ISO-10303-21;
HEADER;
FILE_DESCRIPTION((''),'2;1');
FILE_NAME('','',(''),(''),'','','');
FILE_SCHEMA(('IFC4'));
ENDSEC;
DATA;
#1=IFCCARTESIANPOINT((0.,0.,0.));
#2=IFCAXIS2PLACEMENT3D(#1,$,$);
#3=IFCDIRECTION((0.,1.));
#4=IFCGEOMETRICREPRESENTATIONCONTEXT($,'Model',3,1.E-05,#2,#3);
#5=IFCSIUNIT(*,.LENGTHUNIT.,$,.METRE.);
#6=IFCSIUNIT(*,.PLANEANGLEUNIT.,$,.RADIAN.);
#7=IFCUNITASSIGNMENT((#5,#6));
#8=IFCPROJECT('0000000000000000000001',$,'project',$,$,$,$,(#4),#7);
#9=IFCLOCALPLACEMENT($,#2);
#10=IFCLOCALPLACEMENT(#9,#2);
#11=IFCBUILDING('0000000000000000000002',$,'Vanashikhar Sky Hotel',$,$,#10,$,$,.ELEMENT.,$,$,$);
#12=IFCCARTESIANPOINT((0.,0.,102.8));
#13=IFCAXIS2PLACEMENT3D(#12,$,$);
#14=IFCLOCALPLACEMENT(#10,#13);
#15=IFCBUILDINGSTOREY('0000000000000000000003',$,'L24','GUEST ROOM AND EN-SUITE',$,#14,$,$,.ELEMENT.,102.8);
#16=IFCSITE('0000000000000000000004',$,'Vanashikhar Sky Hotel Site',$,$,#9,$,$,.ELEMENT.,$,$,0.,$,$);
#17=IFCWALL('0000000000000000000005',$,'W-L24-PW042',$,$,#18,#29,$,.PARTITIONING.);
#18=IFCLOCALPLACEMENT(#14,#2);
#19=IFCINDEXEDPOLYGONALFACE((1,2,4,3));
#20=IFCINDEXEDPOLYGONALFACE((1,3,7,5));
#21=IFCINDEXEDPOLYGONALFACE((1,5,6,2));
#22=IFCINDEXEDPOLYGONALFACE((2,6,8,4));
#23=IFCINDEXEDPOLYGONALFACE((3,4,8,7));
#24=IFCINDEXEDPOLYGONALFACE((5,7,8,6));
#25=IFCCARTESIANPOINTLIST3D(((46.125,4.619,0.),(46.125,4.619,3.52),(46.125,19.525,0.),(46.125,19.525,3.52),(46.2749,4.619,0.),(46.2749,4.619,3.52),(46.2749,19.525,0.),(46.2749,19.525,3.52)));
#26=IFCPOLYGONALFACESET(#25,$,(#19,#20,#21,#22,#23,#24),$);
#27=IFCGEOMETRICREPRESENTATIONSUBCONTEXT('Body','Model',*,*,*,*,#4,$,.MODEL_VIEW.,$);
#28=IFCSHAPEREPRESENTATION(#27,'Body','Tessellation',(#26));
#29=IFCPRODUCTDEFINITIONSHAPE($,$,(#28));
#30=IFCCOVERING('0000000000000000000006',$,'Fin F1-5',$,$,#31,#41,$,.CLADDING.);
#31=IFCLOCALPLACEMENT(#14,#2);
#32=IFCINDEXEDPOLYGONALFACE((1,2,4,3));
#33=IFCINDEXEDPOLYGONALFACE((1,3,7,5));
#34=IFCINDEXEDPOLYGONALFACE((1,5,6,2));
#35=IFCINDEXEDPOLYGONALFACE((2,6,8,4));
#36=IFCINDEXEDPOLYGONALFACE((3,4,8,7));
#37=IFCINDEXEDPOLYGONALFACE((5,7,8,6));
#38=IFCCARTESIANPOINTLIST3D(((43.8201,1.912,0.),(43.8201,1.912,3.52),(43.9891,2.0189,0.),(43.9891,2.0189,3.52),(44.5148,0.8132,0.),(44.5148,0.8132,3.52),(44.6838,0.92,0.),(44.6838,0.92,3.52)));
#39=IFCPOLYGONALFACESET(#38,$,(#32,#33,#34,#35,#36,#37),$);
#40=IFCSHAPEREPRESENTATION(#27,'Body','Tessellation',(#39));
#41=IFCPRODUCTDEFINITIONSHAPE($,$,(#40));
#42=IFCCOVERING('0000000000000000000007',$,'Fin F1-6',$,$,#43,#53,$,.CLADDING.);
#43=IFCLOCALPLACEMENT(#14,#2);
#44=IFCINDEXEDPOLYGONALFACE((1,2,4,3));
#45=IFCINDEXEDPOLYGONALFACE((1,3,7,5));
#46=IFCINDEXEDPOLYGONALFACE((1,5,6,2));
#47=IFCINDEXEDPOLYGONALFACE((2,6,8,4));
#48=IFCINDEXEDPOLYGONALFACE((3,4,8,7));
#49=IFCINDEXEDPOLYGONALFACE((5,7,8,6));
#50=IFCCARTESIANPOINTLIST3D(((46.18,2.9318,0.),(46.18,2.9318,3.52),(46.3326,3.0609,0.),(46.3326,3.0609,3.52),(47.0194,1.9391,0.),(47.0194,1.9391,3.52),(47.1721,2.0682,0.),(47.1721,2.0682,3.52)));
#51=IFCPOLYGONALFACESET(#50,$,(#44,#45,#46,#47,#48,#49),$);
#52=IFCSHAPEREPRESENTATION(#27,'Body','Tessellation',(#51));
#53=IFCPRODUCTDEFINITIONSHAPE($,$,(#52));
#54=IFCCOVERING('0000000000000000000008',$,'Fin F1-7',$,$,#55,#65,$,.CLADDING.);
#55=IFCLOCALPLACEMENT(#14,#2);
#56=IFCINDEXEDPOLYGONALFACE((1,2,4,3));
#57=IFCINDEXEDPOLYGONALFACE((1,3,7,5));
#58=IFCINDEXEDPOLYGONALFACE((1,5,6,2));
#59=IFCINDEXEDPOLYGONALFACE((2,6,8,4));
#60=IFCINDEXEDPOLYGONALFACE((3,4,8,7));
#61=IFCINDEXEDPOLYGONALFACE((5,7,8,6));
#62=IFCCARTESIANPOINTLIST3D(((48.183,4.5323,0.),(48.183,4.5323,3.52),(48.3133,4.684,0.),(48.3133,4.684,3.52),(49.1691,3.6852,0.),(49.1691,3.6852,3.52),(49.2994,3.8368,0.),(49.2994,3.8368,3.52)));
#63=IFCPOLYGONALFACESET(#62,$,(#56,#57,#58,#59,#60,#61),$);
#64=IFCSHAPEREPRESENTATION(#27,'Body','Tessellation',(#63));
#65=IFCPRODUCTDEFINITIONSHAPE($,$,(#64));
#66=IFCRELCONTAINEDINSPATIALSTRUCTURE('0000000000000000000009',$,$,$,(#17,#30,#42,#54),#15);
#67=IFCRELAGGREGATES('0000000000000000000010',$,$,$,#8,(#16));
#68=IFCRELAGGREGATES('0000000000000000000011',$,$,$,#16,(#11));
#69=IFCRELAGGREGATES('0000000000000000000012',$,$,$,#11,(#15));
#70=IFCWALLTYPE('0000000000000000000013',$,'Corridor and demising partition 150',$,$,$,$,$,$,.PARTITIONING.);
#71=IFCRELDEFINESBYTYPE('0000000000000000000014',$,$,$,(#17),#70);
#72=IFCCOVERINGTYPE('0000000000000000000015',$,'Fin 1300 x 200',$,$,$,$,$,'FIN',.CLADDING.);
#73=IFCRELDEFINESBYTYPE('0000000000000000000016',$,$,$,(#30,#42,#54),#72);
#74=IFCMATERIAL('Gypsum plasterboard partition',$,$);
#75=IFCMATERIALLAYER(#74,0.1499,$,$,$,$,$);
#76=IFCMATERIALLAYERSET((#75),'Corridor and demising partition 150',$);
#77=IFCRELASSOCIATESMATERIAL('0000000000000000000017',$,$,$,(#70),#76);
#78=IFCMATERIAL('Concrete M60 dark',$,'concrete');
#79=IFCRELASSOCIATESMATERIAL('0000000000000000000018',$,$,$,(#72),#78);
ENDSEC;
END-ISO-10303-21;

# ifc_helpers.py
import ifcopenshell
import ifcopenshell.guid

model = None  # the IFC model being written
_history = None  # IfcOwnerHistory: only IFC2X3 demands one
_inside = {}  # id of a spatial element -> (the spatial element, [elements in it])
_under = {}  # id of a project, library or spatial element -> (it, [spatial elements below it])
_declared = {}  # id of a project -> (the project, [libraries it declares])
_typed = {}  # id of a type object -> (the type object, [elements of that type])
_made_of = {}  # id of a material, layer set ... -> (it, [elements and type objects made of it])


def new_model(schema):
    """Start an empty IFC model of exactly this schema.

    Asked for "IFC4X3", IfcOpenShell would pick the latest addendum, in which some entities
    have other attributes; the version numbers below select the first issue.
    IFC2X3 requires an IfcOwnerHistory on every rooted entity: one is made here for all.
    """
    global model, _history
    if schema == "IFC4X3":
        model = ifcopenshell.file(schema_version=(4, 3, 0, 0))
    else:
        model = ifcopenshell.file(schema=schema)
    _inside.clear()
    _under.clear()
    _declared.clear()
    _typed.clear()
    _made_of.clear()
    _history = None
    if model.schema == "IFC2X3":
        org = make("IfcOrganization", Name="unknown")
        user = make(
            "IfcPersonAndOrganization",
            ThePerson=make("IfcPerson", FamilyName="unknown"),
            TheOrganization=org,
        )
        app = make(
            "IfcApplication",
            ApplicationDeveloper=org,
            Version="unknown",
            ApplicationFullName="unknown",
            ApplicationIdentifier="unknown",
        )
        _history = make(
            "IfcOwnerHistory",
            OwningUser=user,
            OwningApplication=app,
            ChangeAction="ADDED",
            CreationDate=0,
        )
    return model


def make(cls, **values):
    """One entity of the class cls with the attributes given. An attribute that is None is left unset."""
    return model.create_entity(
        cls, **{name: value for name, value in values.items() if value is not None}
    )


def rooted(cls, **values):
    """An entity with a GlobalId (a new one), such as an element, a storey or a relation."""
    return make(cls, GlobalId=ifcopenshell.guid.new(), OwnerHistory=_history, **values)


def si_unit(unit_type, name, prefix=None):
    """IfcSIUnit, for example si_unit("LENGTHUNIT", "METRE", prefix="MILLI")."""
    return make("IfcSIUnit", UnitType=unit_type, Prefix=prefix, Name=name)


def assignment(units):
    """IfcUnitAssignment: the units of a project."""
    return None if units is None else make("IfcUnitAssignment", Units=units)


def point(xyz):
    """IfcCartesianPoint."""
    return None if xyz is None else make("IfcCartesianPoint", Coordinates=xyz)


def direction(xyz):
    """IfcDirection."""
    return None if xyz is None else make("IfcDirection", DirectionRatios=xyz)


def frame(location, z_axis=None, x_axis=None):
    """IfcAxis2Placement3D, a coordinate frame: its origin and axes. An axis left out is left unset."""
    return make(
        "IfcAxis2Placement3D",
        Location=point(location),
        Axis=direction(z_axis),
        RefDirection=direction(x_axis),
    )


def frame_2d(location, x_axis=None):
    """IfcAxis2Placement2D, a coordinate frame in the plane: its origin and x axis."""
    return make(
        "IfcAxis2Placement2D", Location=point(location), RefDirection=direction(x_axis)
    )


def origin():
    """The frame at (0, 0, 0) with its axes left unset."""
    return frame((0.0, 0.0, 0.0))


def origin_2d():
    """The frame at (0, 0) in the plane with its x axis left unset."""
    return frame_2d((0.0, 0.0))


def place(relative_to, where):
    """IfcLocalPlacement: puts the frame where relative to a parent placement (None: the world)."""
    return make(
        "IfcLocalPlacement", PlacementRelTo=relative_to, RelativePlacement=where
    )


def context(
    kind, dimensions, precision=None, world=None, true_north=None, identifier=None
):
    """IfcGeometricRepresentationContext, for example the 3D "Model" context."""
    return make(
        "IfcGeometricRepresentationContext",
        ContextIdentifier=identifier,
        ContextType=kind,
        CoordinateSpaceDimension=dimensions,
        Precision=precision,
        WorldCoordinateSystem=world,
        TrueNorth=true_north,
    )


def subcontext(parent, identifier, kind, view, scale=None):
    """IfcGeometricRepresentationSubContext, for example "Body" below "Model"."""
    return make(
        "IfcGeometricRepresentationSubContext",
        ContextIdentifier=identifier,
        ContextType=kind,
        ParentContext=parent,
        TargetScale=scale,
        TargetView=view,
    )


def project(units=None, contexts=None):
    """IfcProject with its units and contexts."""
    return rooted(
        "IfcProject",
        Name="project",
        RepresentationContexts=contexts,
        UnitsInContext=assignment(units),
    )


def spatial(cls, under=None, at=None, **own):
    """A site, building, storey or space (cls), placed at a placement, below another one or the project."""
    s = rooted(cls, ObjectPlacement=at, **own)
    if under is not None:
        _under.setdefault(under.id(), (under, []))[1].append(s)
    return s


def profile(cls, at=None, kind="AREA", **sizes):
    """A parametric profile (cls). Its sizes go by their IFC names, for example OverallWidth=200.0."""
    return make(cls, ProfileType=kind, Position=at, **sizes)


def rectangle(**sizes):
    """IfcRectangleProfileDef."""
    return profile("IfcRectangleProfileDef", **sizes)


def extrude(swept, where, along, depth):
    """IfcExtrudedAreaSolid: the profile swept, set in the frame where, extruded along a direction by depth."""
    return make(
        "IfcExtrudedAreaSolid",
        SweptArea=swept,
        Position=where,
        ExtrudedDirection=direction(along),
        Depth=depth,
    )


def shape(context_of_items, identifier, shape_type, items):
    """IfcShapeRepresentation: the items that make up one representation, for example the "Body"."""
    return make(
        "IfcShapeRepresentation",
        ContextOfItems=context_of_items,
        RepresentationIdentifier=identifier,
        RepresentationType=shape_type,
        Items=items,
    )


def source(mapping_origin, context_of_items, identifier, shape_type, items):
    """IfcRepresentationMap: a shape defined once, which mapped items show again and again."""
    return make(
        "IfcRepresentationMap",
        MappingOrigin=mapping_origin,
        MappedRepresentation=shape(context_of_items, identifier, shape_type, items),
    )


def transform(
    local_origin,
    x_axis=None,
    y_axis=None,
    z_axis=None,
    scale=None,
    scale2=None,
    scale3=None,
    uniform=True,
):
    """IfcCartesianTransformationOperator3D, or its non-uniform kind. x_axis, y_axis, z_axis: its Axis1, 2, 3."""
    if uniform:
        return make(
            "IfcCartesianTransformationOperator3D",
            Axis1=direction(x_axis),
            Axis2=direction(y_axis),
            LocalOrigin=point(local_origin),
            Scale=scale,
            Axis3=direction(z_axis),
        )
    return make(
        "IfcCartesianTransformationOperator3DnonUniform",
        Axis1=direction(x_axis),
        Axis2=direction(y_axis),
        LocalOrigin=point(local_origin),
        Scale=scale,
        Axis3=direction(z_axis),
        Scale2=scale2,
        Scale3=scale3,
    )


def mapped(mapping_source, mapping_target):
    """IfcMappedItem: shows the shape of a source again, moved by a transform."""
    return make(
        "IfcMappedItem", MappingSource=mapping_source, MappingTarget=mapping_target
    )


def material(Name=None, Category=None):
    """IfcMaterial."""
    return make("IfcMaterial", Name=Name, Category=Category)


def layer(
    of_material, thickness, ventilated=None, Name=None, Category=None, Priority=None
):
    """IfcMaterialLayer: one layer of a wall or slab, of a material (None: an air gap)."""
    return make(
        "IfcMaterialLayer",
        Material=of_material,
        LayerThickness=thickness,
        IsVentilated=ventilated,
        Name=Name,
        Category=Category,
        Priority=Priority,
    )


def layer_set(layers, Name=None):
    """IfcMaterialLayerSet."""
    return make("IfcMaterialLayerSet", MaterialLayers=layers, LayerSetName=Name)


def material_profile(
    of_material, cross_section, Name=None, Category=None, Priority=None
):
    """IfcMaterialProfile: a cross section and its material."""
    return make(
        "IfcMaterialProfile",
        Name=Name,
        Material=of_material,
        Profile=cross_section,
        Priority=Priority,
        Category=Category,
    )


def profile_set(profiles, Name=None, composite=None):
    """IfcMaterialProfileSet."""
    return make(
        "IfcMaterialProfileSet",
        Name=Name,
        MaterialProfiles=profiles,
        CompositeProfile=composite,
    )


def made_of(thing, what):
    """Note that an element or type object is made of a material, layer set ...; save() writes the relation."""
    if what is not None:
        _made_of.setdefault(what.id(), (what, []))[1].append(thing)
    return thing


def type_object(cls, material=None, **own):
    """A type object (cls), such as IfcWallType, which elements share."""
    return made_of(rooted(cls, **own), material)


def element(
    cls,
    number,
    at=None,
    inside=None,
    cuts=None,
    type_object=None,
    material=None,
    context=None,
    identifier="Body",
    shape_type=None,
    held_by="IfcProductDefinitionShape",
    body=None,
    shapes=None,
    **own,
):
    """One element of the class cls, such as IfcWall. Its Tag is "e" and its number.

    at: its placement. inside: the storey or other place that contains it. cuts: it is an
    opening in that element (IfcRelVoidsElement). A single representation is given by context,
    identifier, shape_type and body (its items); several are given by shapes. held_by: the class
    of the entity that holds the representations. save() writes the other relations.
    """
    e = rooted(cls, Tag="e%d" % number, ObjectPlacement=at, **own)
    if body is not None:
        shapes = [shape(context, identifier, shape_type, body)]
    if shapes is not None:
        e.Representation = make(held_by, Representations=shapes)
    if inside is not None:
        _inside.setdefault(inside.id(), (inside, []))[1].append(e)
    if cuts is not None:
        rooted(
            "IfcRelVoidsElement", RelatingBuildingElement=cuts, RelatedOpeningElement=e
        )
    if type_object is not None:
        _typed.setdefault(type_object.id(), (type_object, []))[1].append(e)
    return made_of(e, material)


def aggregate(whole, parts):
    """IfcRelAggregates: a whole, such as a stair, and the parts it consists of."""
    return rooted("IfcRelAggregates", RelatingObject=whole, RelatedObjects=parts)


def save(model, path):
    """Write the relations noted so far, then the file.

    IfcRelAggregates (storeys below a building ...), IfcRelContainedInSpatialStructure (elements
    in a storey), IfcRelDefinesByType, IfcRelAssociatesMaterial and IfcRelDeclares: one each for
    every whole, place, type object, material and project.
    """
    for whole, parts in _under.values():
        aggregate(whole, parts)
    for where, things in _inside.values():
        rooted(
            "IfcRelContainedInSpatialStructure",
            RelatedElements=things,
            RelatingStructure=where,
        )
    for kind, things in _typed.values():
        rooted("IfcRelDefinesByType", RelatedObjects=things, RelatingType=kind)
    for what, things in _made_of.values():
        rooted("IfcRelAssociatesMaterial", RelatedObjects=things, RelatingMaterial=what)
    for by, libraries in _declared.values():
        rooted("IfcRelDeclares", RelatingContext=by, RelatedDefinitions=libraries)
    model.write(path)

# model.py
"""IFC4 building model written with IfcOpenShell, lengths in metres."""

from ifc_helpers import new_model, si_unit, direction, frame, frame_2d, origin, origin_2d, place, context, subcontext, project, spatial, rectangle, extrude, source, transform, mapped, material, layer, layer_set, material_profile, profile_set, type_object, element, save


model = new_model("IFC4")

# Units and contexts
model_context = context("Model", 3, precision=1e-05, world=origin(), true_north=direction((0.0, 1.0)))
body_context = subcontext(model_context, "Body", "Model", "MODEL_VIEW")
ifc_project = project(units=[si_unit("LENGTHUNIT", "METRE"), si_unit("PLANEANGLEUNIT", "RADIAN")], contexts=[model_context])

# Site, building, storey
site_placement = place(None, origin())
site = spatial("IfcSite", under=ifc_project, at=site_placement, Name="Vanashikhar Sky Hotel Site", CompositionType="ELEMENT", RefElevation=0.0)
building_placement = place(site_placement, origin())
building = spatial("IfcBuilding", under=site, at=building_placement, Name="Vanashikhar Sky Hotel", CompositionType="ELEMENT")
storey_placement = place(building_placement, frame((0.0, 0.0, 102.8)))
storey = spatial("IfcBuildingStorey", under=building, at=storey_placement, Name="L24", Description="GUEST ROOM AND EN-SUITE", CompositionType="ELEMENT", Elevation=102.8)

# Shared definitions
ifc_material_1 = material(Name="Gypsum plasterboard partition")
ifc_layer_1 = layer(ifc_material_1, 0.1499)
ifc_layer_set_1 = layer_set([ifc_layer_1], Name="Corridor and demising partition 150")
wall_type_1 = type_object("IfcWallType", Name="Corridor and demising partition 150", PredefinedType="PARTITIONING", material=ifc_layer_set_1)

# Wall
shared_shape_1 = source(origin(), body_context, "Body", "SweptSolid", [
    extrude(rectangle(XDim=14.906, YDim=0.1499, at=frame_2d((7.4531, 0.0))), origin(), (0.0, 0.0, 1.0), 3.52),
])
wall_1_placement = place(storey_placement, frame((46.2, 4.6189, 0.0), z_axis=(0.0, 0.0, 1.0), x_axis=(0.0, 1.0, 0.0)))
element("IfcWall", 1, at=wall_1_placement, inside=storey, type_object=wall_type_1, Name="W-L24-PW042", PredefinedType="PARTITIONING", context=body_context, shape_type="MappedRepresentation", body=[
    mapped(shared_shape_1, transform((0.0, 0.0, 0.0), scale=1.0)),
])

# Coverings
ifc_material_2 = material(Name="Concrete M60 dark", Category="concrete")
ifc_material_profile = material_profile(ifc_material_2, rectangle(XDim=1.3, YDim=0.2, at=origin_2d()))
ifc_profile_set = profile_set([ifc_material_profile], Name="Fin 1300 x 200")
covering_type = type_object("IfcCoveringType", Name="Fin 1300 x 200", ElementType="FIN", PredefinedType="CLADDING", material=ifc_profile_set)
shared_shape_2 = source(origin(), body_context, "Body", "SweptSolid", [
    extrude(rectangle(XDim=1.3, YDim=0.2, at=origin_2d()), origin(), (0.0, 0.0, 1.0), 3.52),
])
for number, where, z_axis, x_axis, name in (
    (2, (44.252, 1.416, 0.0), (0.0, 0.0, 1.0), (0.534411, -0.845225, 0.0), "Fin F1-5"),
    (3, (46.676, 2.5, 0.0), (0.0, 0.0, 1.0), (0.645698, -0.763593, 0.0), "Fin F1-6"),
    (4, (48.7412, 4.1846, 0.0), (0.0, 0.0, 1.0), (0.758544, -0.651622, 0.0), "Fin F1-7"),
):
    element("IfcCovering", number, at=place(storey_placement, frame(where, z_axis=z_axis, x_axis=x_axis)), inside=storey, type_object=covering_type, Name=name, PredefinedType="CLADDING", context=body_context, shape_type="MappedRepresentation", body=[
        mapped(shared_shape_2, transform((0.0, 0.0, 0.0), scale=1.0)),
    ])

save(model, "model.ifc")
